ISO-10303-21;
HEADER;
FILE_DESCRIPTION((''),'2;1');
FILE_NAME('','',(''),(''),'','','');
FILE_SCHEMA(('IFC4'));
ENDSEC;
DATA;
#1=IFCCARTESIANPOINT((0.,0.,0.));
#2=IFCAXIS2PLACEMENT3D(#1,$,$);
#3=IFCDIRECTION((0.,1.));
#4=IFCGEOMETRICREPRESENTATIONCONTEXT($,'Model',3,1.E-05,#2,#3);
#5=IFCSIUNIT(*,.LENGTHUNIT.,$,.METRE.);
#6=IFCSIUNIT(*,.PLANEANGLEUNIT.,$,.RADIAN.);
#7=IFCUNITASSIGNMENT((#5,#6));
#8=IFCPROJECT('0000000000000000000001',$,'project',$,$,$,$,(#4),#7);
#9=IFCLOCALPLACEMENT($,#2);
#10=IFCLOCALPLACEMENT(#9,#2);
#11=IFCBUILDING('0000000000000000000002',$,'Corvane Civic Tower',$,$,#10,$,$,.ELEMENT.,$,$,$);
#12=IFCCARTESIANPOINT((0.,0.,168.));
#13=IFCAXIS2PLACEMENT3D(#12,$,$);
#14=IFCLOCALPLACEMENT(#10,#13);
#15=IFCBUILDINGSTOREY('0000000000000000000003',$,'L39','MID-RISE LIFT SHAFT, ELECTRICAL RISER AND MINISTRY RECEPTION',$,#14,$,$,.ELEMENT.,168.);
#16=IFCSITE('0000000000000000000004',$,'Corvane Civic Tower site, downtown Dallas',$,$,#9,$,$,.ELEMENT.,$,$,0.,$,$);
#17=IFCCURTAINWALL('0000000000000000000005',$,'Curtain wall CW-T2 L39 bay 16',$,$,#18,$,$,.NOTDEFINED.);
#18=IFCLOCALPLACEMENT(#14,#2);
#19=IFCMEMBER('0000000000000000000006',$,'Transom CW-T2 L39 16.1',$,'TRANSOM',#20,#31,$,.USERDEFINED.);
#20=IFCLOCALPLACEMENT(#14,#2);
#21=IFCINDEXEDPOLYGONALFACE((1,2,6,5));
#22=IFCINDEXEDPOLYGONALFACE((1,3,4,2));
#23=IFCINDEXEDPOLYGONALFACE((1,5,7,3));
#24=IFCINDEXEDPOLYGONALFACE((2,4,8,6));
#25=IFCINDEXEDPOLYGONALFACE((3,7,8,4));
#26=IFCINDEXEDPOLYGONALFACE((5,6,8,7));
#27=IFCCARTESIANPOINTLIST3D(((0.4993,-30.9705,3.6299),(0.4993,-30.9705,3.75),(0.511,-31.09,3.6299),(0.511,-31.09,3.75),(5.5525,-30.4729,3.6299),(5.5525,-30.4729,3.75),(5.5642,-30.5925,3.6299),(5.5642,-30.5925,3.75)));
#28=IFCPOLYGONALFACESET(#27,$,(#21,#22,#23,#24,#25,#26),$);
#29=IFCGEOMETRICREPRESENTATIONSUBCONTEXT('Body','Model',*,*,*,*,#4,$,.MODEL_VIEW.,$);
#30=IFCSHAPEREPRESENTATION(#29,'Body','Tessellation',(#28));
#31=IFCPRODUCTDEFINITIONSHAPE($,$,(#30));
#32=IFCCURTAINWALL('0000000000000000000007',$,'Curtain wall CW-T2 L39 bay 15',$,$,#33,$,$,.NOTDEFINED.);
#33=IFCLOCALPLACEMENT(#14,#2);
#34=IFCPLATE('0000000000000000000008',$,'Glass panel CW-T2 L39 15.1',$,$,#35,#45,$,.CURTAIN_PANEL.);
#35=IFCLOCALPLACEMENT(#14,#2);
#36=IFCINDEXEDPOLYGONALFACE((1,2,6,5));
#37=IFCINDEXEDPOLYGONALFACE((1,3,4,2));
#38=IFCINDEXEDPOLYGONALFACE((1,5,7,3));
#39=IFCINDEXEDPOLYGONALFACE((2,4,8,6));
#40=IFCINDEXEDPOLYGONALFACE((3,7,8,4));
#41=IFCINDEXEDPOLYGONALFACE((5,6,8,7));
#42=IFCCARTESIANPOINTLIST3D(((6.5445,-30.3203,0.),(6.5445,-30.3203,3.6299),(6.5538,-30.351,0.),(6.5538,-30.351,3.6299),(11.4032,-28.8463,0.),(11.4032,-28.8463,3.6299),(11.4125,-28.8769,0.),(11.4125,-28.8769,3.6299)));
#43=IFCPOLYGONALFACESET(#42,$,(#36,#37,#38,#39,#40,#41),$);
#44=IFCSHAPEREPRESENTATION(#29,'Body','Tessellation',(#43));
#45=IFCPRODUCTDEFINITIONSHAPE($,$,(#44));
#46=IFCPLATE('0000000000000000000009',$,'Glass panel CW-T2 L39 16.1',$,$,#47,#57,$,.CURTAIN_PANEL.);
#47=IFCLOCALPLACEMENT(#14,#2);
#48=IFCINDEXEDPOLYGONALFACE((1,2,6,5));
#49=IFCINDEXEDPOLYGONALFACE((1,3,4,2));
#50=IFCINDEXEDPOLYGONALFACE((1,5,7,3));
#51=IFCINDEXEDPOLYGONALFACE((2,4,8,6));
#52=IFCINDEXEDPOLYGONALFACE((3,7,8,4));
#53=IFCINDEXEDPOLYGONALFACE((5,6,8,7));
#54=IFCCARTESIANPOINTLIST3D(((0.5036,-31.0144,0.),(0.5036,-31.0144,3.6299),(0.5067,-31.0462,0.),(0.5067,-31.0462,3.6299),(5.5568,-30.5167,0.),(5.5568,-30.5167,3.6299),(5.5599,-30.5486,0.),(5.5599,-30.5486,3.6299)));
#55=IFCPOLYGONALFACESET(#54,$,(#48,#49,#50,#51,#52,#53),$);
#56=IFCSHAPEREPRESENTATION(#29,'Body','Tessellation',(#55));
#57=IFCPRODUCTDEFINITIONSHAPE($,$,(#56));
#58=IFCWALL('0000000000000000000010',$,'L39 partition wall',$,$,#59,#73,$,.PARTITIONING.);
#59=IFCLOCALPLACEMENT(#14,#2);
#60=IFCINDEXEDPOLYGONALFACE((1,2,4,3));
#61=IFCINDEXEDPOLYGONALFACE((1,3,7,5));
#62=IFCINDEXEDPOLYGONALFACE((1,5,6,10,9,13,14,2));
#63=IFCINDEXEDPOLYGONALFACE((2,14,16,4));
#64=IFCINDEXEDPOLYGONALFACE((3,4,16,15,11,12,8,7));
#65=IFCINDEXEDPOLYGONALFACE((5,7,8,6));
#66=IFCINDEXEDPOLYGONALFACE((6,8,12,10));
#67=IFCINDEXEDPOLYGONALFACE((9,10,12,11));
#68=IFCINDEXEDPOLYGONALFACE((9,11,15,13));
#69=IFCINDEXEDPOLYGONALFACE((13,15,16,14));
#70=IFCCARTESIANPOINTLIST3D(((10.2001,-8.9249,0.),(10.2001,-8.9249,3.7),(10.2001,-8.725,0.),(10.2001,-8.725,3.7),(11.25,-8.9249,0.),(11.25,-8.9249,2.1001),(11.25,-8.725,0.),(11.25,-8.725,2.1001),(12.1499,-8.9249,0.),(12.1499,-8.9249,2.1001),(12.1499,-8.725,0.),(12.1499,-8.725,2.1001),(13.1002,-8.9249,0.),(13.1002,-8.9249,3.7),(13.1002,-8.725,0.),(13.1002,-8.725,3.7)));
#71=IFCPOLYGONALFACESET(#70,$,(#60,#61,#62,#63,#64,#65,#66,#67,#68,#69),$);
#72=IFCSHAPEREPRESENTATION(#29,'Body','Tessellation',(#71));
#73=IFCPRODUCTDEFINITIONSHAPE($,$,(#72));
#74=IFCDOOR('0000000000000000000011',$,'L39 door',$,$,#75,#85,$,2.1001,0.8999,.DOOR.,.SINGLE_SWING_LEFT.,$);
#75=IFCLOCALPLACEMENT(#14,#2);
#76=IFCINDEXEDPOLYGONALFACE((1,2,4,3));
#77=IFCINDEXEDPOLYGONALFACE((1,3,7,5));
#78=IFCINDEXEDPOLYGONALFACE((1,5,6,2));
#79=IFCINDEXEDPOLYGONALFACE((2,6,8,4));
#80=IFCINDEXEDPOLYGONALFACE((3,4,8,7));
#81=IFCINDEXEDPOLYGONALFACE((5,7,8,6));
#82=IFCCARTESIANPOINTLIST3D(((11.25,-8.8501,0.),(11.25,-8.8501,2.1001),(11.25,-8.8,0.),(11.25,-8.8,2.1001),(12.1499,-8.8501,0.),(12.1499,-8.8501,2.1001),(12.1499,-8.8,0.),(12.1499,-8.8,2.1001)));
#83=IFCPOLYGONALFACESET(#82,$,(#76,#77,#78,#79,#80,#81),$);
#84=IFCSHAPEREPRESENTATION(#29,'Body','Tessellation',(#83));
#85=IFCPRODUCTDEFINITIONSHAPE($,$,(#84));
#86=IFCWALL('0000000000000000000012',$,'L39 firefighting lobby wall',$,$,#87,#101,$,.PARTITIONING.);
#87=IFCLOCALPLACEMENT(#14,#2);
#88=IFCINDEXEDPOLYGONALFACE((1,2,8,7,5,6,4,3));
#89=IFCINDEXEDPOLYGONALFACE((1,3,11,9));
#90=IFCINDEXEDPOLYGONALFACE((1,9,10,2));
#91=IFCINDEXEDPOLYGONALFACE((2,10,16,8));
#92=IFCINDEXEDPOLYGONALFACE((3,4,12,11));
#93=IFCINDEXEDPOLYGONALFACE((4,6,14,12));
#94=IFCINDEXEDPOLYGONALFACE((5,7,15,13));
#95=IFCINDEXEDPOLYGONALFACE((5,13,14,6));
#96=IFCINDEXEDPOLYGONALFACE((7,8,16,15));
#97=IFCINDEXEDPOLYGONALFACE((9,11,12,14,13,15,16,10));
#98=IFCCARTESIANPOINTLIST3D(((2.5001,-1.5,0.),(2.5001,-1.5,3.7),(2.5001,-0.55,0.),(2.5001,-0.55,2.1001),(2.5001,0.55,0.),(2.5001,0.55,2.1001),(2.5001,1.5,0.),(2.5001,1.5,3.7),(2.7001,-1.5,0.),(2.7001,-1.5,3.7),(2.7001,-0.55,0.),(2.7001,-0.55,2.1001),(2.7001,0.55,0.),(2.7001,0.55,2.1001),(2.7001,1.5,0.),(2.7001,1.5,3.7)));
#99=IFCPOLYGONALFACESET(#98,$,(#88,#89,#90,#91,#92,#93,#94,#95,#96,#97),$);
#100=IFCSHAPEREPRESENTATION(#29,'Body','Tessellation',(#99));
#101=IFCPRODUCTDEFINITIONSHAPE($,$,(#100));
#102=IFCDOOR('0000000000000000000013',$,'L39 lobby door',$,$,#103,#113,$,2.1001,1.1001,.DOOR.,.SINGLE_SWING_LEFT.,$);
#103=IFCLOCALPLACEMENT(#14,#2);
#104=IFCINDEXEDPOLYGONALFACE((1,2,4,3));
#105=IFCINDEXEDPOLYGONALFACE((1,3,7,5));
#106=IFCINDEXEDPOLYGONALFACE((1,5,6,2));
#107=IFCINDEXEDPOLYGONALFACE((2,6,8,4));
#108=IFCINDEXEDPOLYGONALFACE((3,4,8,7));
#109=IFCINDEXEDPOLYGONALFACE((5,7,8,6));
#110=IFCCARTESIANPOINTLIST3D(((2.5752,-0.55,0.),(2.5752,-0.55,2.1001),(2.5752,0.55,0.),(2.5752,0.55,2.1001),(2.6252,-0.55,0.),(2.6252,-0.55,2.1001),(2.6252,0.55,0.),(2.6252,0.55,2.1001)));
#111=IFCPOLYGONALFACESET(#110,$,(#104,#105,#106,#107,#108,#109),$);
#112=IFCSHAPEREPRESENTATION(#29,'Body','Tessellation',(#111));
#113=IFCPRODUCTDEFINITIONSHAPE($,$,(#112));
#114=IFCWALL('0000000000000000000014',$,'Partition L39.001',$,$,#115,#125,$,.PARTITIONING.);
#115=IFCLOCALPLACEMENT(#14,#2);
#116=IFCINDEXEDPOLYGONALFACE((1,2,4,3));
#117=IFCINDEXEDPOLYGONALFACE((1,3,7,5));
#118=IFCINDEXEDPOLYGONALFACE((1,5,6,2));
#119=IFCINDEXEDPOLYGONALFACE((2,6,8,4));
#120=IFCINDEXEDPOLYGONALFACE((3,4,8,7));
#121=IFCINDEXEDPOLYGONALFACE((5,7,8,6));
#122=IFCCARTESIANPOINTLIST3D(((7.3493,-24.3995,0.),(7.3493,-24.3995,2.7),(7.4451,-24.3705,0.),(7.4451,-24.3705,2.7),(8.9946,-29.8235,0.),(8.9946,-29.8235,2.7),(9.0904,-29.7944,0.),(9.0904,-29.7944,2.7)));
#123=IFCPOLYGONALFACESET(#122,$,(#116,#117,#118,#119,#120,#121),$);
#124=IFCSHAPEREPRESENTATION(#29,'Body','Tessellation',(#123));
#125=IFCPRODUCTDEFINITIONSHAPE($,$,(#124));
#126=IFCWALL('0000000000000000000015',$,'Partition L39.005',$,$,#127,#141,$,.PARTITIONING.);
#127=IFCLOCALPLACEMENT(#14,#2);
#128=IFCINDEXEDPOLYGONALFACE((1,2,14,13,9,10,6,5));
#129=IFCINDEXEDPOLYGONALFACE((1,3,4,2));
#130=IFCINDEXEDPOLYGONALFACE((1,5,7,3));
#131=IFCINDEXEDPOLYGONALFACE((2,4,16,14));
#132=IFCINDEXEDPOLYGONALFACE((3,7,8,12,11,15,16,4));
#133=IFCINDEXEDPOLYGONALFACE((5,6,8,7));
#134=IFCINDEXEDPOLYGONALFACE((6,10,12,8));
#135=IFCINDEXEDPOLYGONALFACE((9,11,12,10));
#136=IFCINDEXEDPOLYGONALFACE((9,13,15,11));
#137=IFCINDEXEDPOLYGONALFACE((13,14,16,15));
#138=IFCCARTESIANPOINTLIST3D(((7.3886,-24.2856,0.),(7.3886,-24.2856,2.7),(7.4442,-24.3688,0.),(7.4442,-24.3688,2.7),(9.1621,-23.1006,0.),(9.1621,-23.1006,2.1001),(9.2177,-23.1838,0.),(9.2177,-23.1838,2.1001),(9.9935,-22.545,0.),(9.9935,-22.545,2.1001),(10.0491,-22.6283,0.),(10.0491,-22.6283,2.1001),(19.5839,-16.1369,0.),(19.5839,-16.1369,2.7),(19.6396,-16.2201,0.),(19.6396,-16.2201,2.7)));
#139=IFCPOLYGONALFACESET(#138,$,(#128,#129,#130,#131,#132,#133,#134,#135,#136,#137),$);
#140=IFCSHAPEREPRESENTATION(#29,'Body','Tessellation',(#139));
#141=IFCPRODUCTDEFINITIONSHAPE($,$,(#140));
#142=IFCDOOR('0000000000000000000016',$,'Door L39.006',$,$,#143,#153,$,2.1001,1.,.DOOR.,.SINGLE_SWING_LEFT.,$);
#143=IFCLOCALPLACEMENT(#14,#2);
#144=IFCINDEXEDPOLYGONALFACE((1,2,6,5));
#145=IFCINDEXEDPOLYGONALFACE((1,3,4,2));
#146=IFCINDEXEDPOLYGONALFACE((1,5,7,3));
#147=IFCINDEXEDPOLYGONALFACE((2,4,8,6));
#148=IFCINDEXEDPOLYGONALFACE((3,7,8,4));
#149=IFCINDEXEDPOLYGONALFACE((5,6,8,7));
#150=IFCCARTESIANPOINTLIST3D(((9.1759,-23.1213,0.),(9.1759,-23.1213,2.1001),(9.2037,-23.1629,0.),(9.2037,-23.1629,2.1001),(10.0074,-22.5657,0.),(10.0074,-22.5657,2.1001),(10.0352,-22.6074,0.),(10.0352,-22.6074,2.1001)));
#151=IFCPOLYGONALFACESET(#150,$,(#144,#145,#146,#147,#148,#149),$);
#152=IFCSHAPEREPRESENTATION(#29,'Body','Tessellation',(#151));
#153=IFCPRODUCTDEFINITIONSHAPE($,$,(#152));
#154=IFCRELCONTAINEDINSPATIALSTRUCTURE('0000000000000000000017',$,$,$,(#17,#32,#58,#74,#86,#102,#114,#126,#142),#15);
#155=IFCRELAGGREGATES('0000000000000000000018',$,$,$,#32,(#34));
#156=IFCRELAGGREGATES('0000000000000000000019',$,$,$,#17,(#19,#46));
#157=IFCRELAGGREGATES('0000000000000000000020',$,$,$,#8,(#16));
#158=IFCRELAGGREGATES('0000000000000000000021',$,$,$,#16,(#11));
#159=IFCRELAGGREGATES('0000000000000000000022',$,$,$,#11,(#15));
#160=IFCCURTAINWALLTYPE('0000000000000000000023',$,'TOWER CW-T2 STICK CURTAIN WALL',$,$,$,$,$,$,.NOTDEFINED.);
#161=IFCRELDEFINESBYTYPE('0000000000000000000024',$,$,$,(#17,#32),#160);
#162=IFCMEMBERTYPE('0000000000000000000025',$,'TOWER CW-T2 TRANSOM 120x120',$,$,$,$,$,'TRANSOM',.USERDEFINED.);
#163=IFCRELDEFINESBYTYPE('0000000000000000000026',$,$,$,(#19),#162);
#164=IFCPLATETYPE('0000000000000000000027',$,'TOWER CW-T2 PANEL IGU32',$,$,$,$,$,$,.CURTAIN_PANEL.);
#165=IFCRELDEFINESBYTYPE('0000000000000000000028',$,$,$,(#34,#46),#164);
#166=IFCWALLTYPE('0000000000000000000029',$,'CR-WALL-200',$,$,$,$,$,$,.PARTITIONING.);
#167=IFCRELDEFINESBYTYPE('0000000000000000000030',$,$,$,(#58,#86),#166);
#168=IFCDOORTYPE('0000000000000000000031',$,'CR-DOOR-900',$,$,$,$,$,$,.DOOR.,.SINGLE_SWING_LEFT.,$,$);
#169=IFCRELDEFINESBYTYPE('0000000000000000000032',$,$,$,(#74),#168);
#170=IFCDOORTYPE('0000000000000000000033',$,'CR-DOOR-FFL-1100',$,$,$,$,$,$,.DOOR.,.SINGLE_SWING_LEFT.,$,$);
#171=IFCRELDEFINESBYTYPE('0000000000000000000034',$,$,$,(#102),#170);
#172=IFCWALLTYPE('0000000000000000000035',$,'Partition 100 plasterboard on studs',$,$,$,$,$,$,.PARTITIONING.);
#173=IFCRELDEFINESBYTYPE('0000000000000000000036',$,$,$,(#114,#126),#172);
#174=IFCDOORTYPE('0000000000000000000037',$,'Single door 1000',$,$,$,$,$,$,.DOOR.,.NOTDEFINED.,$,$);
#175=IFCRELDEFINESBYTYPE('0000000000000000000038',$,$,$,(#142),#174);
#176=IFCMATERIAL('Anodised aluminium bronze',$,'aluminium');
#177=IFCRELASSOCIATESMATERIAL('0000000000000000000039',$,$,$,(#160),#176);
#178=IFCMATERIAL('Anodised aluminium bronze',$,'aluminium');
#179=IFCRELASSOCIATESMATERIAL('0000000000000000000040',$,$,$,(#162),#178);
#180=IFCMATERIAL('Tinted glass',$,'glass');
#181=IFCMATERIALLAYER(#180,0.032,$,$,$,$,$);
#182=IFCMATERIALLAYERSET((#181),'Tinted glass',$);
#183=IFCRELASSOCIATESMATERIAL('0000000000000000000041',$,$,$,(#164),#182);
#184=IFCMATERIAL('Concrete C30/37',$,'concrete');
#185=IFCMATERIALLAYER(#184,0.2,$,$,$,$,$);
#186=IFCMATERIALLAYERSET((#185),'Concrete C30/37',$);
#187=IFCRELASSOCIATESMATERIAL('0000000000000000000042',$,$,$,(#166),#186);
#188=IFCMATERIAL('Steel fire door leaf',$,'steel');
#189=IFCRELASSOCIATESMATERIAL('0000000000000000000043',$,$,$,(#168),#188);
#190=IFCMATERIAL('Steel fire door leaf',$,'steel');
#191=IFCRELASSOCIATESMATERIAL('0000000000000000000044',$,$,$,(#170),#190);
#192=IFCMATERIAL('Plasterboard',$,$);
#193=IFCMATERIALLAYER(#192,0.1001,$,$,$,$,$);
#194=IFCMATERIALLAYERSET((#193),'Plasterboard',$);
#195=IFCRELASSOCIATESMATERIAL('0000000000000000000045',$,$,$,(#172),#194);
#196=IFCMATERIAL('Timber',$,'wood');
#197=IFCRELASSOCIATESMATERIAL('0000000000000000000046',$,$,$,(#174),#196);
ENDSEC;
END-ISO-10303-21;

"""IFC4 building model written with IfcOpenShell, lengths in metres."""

from ifc_helpers import new_model, si_unit, direction, frame, frame_2d, origin, origin_2d, place, context, subcontext, project, spatial, rectangle, extrude, material, layer, layer_set, material_profile, profile_set, type_object, element, fill, aggregate, save


model = new_model("IFC4")

# Units and contexts
model_context = context("Model", 3, precision=1e-05, world=origin(), true_north=direction((0.0, 1.0)))
body_context = subcontext(model_context, "Body", "Model", "MODEL_VIEW")
ifc_project = project(units=[si_unit("LENGTHUNIT", "METRE"), si_unit("PLANEANGLEUNIT", "RADIAN")], contexts=[model_context])

# Site, building, storey
site_placement = place(None, origin())
site = spatial("IfcSite", under=ifc_project, at=site_placement, Name="Corvane Civic Tower site, downtown Dallas", CompositionType="ELEMENT", RefElevation=0.0)
building_placement = place(site_placement, origin())
building = spatial("IfcBuilding", under=site, at=building_placement, Name="Corvane Civic Tower", CompositionType="ELEMENT")
storey_placement = place(building_placement, frame((0.0, 0.0, 168.0)))
storey = spatial("IfcBuildingStorey", under=building, at=storey_placement, Name="L39", Description="MID-RISE LIFT SHAFT, ELECTRICAL RISER AND MINISTRY RECEPTION", CompositionType="ELEMENT", Elevation=168.0)

# Curtain wall, member
ifc_material_1 = material(Name="Anodised aluminium bronze", Category="aluminium")
curtain_wall_type = type_object("IfcCurtainWallType", Name="TOWER CW-T2 STICK CURTAIN WALL", PredefinedType="NOTDEFINED", material=ifc_material_1)
curtain_wall_1_placement = place(storey_placement, origin())
curtain_wall_1 = element("IfcCurtainWall", 1, at=curtain_wall_1_placement, inside=storey, type_object=curtain_wall_type, Name="Curtain wall CW-T2 L39 bay 16", PredefinedType="NOTDEFINED")
ifc_material_2 = material(Name="Anodised aluminium bronze", Category="aluminium")
ifc_material_profile_1 = material_profile(ifc_material_2, rectangle(XDim=0.1201, YDim=0.1201, at=origin_2d()), Name="TOWER CW-T2 TRANSOM 120x120")
ifc_profile_set_1 = profile_set([ifc_material_profile_1], Name="Anodised aluminium bronze")
member_type = type_object("IfcMemberType", Name="TOWER CW-T2 TRANSOM 120x120", ElementType="TRANSOM", PredefinedType="USERDEFINED", material=ifc_profile_set_1)
member_placement = place(storey_placement, frame((5.5583, -30.5327, 3.6899), z_axis=(-0.995187, -0.09799, 0.0), x_axis=(0.09799, -0.995187, 0.0)))
member = element("IfcMember", 2, at=member_placement, type_object=member_type, Name="Transom CW-T2 L39 16.1", ObjectType="TRANSOM", PredefinedType="USERDEFINED", context=body_context, shape_type="SweptSolid", body=[
    extrude(rectangle(XDim=0.1201, YDim=0.1201, at=origin_2d()), origin(), (0.0, 0.0, 1.0), 5.0776),
])

# Curtain wall, plate
curtain_wall_2_placement = place(storey_placement, origin())
curtain_wall_2 = element("IfcCurtainWall", 3, at=curtain_wall_2_placement, inside=storey, type_object=curtain_wall_type, Name="Curtain wall CW-T2 L39 bay 15", PredefinedType="NOTDEFINED")
ifc_material_3 = material(Name="Tinted glass", Category="glass")
ifc_layer_1 = layer(ifc_material_3, 0.032)
ifc_layer_set_1 = layer_set([ifc_layer_1], Name="Tinted glass")
plate_type = type_object("IfcPlateType", Name="TOWER CW-T2 PANEL IGU32", PredefinedType="CURTAIN_PANEL", material=ifc_layer_set_1)
plate_1_placement = place(storey_placement, frame((8.9785, -29.5986, 0.0), z_axis=(0.0, 0.0, 1.0), x_axis=(-0.956932, -0.290313, 0.0)))
plate_1 = element("IfcPlate", 4, at=plate_1_placement, type_object=plate_type, Name="Glass panel CW-T2 L39 15.1", PredefinedType="CURTAIN_PANEL", context=body_context, shape_type="SweptSolid", body=[
    extrude(rectangle(XDim=5.0774, YDim=0.032, at=origin_2d()), origin(), (0.0, 0.0, 1.0), 3.6299),
])
aggregate(curtain_wall_2, [plate_1])

# Plate
plate_2_placement = place(storey_placement, frame((3.0317, -30.7815, 0.0), z_axis=(0.0, 0.0, 1.0), x_axis=(-0.995185, -0.098012, 0.0)))
plate_2 = element("IfcPlate", 5, at=plate_2_placement, type_object=plate_type, Name="Glass panel CW-T2 L39 16.1", PredefinedType="CURTAIN_PANEL", context=body_context, shape_type="SweptSolid", body=[
    extrude(rectangle(XDim=5.0776, YDim=0.032, at=origin_2d()), origin(), (0.0, 0.0, 1.0), 3.6299),
])
aggregate(curtain_wall_1, [member, plate_2])

# Walls, openings, doors
ifc_material_4 = material(Name="Concrete C30/37", Category="concrete")
ifc_layer_2 = layer(ifc_material_4, 0.2)
ifc_layer_set_2 = layer_set([ifc_layer_2], Name="Concrete C30/37")
wall_type_1 = type_object("IfcWallType", Name="CR-WALL-200", PredefinedType="PARTITIONING", material=ifc_layer_set_2)
wall_1_placement = place(storey_placement, frame((10.2, -8.825, 0.0), z_axis=(0.0, 0.0, 1.0), x_axis=(1.0, 0.0, 0.0)))
wall_1 = element("IfcWall", 6, at=wall_1_placement, inside=storey, type_object=wall_type_1, Name="L39 partition wall", PredefinedType="PARTITIONING", context=body_context, shape_type="SweptSolid", body=[
    extrude(rectangle(XDim=2.9001, YDim=0.2, at=frame_2d((1.4502, 0.0))), origin(), (0.0, 0.0, 1.0), 3.7),
])
opening_1_placement = place(wall_1_placement, frame((1.05, 0.0, 0.0)))
opening_1 = element("IfcOpeningElement", 7, at=opening_1_placement, cuts=wall_1, PredefinedType="OPENING", context=body_context, shape_type="SweptSolid", body=[
    extrude(rectangle(XDim=0.8999, YDim=2.1001, at=frame_2d((0.45, 1.05))), frame((0.0, 0.1099, 0.0), z_axis=(0.0, -1.0, 0.0), x_axis=(1.0, 0.0, 0.0)), (0.0, 0.0, 1.0), 0.22),
])
ifc_material_5 = material(Name="Steel fire door leaf", Category="steel")
door_type_1 = type_object("IfcDoorType", Name="CR-DOOR-900", OperationType="SINGLE_SWING_LEFT", PredefinedType="DOOR", material=ifc_material_5)
door_1_placement = place(opening_1_placement, origin())
door_1 = element("IfcDoor", 8, at=door_1_placement, inside=storey, type_object=door_type_1, Name="L39 door", OperationType="SINGLE_SWING_LEFT", OverallHeight=2.1001, OverallWidth=0.8999, PredefinedType="DOOR", context=body_context, shape_type="SweptSolid", body=[
    extrude(rectangle(XDim=0.8999, YDim=2.1001, at=frame_2d((0.45, 1.05))), frame((0.0, 0.0249, 0.0), z_axis=(0.0, -1.0, 0.0), x_axis=(1.0, 0.0, 0.0)), (0.0, 0.0, 1.0), 0.05),
])
fill(opening_1, door_1)
wall_2_placement = place(storey_placement, frame((2.6001, -1.5, 0.0), z_axis=(0.0, 0.0, 1.0), x_axis=(0.0, 1.0, 0.0)))
wall_2 = element("IfcWall", 9, at=wall_2_placement, inside=storey, type_object=wall_type_1, Name="L39 firefighting lobby wall", PredefinedType="PARTITIONING", context=body_context, shape_type="SweptSolid", body=[
    extrude(rectangle(XDim=3.0, YDim=0.2, at=frame_2d((1.5, 0.0))), origin(), (0.0, 0.0, 1.0), 3.7),
])
opening_2_placement = place(wall_2_placement, frame((0.95, 0.0, 0.0)))
opening_2 = element("IfcOpeningElement", 10, at=opening_2_placement, cuts=wall_2, PredefinedType="OPENING", context=body_context, shape_type="SweptSolid", body=[
    extrude(rectangle(XDim=1.1001, YDim=2.1001, at=frame_2d((0.55, 1.05))), frame((0.0, 0.1099, 0.0), z_axis=(0.0, -1.0, 0.0), x_axis=(1.0, 0.0, 0.0)), (0.0, 0.0, 1.0), 0.22),
])
ifc_material_6 = material(Name="Steel fire door leaf", Category="steel")
door_type_2 = type_object("IfcDoorType", Name="CR-DOOR-FFL-1100", OperationType="SINGLE_SWING_LEFT", PredefinedType="DOOR", material=ifc_material_6)
door_2_placement = place(opening_2_placement, origin())
door_2 = element("IfcDoor", 11, at=door_2_placement, inside=storey, type_object=door_type_2, Name="L39 lobby door", OperationType="SINGLE_SWING_LEFT", OverallHeight=2.1001, OverallWidth=1.1001, PredefinedType="DOOR", context=body_context, shape_type="SweptSolid", body=[
    extrude(rectangle(XDim=1.1001, YDim=2.1001, at=frame_2d((0.55, 1.05))), frame((0.0, 0.0249, 0.0), z_axis=(0.0, -1.0, 0.0), x_axis=(1.0, 0.0, 0.0)), (0.0, 0.0, 1.0), 0.05),
])
fill(opening_2, door_2)

# Wall
ifc_material_7 = material(Name="Plasterboard")
ifc_layer_3 = layer(ifc_material_7, 0.1001)
ifc_layer_set_3 = layer_set([ifc_layer_3], Name="Plasterboard")
wall_type_2 = type_object("IfcWallType", Name="Partition 100 plasterboard on studs", PredefinedType="PARTITIONING", material=ifc_layer_set_3)
wall_3_placement = place(storey_placement, frame((7.3972, -24.385, 0.0), z_axis=(0.0, 0.0, 1.0), x_axis=(0.290279, -0.956942, 0.0)))
element("IfcWall", 12, at=wall_3_placement, inside=storey, type_object=wall_type_2, Name="Partition L39.001", PredefinedType="PARTITIONING", context=body_context, shape_type="SweptSolid", body=[
    extrude(rectangle(XDim=5.668, YDim=0.1001, at=frame_2d((2.834, 0.0))), origin(), (0.0, 0.0, 1.0), 2.7),
])

# Wall, opening, door
wall_4_placement = place(storey_placement, frame((7.4165, -24.3271, 0.0), z_axis=(0.0, 0.0, 1.0), x_axis=(0.831469, 0.555572, 0.0)))
wall_4 = element("IfcWall", 13, at=wall_4_placement, inside=storey, type_object=wall_type_2, Name="Partition L39.005", PredefinedType="PARTITIONING", context=body_context, shape_type="SweptSolid", body=[
    extrude(rectangle(XDim=14.6672, YDim=0.1001, at=frame_2d((7.3335, 0.0))), origin(), (0.0, 0.0, 1.0), 2.7),
])
opening_3_placement = place(wall_4_placement, frame((2.1328, 0.0, 0.0)))
opening_3 = element("IfcOpeningElement", 14, at=opening_3_placement, cuts=wall_4, PredefinedType="OPENING", context=body_context, shape_type="SweptSolid", body=[
    extrude(rectangle(XDim=1.0, YDim=2.1001, at=frame_2d((0.5, 1.05))), frame((0.0, 0.0601, 0.0), z_axis=(0.0, -1.0, 0.0), x_axis=(1.0, 0.0, 0.0)), (0.0, 0.0, 1.0), 0.1201),
])
ifc_material_8 = material(Name="Timber", Category="wood")
door_type_3 = type_object("IfcDoorType", Name="Single door 1000", OperationType="NOTDEFINED", PredefinedType="DOOR", material=ifc_material_8)
door_3_placement = place(opening_3_placement, frame((1.0, 0.0, 0.0), z_axis=(0.0, 0.0, 1.0), x_axis=(-1.0, 0.0, 0.0)))
door_3 = element("IfcDoor", 15, at=door_3_placement, inside=storey, type_object=door_type_3, Name="Door L39.006", OperationType="SINGLE_SWING_LEFT", OverallHeight=2.1001, OverallWidth=1.0, PredefinedType="DOOR", context=body_context, shape_type="SweptSolid", body=[
    extrude(rectangle(XDim=1.0, YDim=2.1001, at=frame_2d((0.5, 1.05))), frame((0.0, 0.0249, 0.0), z_axis=(0.0, -1.0, 0.0), x_axis=(1.0, 0.0, 0.0)), (0.0, 0.0, 1.0), 0.05),
])
fill(opening_3, door_3)

save(model, "model.ifc")
